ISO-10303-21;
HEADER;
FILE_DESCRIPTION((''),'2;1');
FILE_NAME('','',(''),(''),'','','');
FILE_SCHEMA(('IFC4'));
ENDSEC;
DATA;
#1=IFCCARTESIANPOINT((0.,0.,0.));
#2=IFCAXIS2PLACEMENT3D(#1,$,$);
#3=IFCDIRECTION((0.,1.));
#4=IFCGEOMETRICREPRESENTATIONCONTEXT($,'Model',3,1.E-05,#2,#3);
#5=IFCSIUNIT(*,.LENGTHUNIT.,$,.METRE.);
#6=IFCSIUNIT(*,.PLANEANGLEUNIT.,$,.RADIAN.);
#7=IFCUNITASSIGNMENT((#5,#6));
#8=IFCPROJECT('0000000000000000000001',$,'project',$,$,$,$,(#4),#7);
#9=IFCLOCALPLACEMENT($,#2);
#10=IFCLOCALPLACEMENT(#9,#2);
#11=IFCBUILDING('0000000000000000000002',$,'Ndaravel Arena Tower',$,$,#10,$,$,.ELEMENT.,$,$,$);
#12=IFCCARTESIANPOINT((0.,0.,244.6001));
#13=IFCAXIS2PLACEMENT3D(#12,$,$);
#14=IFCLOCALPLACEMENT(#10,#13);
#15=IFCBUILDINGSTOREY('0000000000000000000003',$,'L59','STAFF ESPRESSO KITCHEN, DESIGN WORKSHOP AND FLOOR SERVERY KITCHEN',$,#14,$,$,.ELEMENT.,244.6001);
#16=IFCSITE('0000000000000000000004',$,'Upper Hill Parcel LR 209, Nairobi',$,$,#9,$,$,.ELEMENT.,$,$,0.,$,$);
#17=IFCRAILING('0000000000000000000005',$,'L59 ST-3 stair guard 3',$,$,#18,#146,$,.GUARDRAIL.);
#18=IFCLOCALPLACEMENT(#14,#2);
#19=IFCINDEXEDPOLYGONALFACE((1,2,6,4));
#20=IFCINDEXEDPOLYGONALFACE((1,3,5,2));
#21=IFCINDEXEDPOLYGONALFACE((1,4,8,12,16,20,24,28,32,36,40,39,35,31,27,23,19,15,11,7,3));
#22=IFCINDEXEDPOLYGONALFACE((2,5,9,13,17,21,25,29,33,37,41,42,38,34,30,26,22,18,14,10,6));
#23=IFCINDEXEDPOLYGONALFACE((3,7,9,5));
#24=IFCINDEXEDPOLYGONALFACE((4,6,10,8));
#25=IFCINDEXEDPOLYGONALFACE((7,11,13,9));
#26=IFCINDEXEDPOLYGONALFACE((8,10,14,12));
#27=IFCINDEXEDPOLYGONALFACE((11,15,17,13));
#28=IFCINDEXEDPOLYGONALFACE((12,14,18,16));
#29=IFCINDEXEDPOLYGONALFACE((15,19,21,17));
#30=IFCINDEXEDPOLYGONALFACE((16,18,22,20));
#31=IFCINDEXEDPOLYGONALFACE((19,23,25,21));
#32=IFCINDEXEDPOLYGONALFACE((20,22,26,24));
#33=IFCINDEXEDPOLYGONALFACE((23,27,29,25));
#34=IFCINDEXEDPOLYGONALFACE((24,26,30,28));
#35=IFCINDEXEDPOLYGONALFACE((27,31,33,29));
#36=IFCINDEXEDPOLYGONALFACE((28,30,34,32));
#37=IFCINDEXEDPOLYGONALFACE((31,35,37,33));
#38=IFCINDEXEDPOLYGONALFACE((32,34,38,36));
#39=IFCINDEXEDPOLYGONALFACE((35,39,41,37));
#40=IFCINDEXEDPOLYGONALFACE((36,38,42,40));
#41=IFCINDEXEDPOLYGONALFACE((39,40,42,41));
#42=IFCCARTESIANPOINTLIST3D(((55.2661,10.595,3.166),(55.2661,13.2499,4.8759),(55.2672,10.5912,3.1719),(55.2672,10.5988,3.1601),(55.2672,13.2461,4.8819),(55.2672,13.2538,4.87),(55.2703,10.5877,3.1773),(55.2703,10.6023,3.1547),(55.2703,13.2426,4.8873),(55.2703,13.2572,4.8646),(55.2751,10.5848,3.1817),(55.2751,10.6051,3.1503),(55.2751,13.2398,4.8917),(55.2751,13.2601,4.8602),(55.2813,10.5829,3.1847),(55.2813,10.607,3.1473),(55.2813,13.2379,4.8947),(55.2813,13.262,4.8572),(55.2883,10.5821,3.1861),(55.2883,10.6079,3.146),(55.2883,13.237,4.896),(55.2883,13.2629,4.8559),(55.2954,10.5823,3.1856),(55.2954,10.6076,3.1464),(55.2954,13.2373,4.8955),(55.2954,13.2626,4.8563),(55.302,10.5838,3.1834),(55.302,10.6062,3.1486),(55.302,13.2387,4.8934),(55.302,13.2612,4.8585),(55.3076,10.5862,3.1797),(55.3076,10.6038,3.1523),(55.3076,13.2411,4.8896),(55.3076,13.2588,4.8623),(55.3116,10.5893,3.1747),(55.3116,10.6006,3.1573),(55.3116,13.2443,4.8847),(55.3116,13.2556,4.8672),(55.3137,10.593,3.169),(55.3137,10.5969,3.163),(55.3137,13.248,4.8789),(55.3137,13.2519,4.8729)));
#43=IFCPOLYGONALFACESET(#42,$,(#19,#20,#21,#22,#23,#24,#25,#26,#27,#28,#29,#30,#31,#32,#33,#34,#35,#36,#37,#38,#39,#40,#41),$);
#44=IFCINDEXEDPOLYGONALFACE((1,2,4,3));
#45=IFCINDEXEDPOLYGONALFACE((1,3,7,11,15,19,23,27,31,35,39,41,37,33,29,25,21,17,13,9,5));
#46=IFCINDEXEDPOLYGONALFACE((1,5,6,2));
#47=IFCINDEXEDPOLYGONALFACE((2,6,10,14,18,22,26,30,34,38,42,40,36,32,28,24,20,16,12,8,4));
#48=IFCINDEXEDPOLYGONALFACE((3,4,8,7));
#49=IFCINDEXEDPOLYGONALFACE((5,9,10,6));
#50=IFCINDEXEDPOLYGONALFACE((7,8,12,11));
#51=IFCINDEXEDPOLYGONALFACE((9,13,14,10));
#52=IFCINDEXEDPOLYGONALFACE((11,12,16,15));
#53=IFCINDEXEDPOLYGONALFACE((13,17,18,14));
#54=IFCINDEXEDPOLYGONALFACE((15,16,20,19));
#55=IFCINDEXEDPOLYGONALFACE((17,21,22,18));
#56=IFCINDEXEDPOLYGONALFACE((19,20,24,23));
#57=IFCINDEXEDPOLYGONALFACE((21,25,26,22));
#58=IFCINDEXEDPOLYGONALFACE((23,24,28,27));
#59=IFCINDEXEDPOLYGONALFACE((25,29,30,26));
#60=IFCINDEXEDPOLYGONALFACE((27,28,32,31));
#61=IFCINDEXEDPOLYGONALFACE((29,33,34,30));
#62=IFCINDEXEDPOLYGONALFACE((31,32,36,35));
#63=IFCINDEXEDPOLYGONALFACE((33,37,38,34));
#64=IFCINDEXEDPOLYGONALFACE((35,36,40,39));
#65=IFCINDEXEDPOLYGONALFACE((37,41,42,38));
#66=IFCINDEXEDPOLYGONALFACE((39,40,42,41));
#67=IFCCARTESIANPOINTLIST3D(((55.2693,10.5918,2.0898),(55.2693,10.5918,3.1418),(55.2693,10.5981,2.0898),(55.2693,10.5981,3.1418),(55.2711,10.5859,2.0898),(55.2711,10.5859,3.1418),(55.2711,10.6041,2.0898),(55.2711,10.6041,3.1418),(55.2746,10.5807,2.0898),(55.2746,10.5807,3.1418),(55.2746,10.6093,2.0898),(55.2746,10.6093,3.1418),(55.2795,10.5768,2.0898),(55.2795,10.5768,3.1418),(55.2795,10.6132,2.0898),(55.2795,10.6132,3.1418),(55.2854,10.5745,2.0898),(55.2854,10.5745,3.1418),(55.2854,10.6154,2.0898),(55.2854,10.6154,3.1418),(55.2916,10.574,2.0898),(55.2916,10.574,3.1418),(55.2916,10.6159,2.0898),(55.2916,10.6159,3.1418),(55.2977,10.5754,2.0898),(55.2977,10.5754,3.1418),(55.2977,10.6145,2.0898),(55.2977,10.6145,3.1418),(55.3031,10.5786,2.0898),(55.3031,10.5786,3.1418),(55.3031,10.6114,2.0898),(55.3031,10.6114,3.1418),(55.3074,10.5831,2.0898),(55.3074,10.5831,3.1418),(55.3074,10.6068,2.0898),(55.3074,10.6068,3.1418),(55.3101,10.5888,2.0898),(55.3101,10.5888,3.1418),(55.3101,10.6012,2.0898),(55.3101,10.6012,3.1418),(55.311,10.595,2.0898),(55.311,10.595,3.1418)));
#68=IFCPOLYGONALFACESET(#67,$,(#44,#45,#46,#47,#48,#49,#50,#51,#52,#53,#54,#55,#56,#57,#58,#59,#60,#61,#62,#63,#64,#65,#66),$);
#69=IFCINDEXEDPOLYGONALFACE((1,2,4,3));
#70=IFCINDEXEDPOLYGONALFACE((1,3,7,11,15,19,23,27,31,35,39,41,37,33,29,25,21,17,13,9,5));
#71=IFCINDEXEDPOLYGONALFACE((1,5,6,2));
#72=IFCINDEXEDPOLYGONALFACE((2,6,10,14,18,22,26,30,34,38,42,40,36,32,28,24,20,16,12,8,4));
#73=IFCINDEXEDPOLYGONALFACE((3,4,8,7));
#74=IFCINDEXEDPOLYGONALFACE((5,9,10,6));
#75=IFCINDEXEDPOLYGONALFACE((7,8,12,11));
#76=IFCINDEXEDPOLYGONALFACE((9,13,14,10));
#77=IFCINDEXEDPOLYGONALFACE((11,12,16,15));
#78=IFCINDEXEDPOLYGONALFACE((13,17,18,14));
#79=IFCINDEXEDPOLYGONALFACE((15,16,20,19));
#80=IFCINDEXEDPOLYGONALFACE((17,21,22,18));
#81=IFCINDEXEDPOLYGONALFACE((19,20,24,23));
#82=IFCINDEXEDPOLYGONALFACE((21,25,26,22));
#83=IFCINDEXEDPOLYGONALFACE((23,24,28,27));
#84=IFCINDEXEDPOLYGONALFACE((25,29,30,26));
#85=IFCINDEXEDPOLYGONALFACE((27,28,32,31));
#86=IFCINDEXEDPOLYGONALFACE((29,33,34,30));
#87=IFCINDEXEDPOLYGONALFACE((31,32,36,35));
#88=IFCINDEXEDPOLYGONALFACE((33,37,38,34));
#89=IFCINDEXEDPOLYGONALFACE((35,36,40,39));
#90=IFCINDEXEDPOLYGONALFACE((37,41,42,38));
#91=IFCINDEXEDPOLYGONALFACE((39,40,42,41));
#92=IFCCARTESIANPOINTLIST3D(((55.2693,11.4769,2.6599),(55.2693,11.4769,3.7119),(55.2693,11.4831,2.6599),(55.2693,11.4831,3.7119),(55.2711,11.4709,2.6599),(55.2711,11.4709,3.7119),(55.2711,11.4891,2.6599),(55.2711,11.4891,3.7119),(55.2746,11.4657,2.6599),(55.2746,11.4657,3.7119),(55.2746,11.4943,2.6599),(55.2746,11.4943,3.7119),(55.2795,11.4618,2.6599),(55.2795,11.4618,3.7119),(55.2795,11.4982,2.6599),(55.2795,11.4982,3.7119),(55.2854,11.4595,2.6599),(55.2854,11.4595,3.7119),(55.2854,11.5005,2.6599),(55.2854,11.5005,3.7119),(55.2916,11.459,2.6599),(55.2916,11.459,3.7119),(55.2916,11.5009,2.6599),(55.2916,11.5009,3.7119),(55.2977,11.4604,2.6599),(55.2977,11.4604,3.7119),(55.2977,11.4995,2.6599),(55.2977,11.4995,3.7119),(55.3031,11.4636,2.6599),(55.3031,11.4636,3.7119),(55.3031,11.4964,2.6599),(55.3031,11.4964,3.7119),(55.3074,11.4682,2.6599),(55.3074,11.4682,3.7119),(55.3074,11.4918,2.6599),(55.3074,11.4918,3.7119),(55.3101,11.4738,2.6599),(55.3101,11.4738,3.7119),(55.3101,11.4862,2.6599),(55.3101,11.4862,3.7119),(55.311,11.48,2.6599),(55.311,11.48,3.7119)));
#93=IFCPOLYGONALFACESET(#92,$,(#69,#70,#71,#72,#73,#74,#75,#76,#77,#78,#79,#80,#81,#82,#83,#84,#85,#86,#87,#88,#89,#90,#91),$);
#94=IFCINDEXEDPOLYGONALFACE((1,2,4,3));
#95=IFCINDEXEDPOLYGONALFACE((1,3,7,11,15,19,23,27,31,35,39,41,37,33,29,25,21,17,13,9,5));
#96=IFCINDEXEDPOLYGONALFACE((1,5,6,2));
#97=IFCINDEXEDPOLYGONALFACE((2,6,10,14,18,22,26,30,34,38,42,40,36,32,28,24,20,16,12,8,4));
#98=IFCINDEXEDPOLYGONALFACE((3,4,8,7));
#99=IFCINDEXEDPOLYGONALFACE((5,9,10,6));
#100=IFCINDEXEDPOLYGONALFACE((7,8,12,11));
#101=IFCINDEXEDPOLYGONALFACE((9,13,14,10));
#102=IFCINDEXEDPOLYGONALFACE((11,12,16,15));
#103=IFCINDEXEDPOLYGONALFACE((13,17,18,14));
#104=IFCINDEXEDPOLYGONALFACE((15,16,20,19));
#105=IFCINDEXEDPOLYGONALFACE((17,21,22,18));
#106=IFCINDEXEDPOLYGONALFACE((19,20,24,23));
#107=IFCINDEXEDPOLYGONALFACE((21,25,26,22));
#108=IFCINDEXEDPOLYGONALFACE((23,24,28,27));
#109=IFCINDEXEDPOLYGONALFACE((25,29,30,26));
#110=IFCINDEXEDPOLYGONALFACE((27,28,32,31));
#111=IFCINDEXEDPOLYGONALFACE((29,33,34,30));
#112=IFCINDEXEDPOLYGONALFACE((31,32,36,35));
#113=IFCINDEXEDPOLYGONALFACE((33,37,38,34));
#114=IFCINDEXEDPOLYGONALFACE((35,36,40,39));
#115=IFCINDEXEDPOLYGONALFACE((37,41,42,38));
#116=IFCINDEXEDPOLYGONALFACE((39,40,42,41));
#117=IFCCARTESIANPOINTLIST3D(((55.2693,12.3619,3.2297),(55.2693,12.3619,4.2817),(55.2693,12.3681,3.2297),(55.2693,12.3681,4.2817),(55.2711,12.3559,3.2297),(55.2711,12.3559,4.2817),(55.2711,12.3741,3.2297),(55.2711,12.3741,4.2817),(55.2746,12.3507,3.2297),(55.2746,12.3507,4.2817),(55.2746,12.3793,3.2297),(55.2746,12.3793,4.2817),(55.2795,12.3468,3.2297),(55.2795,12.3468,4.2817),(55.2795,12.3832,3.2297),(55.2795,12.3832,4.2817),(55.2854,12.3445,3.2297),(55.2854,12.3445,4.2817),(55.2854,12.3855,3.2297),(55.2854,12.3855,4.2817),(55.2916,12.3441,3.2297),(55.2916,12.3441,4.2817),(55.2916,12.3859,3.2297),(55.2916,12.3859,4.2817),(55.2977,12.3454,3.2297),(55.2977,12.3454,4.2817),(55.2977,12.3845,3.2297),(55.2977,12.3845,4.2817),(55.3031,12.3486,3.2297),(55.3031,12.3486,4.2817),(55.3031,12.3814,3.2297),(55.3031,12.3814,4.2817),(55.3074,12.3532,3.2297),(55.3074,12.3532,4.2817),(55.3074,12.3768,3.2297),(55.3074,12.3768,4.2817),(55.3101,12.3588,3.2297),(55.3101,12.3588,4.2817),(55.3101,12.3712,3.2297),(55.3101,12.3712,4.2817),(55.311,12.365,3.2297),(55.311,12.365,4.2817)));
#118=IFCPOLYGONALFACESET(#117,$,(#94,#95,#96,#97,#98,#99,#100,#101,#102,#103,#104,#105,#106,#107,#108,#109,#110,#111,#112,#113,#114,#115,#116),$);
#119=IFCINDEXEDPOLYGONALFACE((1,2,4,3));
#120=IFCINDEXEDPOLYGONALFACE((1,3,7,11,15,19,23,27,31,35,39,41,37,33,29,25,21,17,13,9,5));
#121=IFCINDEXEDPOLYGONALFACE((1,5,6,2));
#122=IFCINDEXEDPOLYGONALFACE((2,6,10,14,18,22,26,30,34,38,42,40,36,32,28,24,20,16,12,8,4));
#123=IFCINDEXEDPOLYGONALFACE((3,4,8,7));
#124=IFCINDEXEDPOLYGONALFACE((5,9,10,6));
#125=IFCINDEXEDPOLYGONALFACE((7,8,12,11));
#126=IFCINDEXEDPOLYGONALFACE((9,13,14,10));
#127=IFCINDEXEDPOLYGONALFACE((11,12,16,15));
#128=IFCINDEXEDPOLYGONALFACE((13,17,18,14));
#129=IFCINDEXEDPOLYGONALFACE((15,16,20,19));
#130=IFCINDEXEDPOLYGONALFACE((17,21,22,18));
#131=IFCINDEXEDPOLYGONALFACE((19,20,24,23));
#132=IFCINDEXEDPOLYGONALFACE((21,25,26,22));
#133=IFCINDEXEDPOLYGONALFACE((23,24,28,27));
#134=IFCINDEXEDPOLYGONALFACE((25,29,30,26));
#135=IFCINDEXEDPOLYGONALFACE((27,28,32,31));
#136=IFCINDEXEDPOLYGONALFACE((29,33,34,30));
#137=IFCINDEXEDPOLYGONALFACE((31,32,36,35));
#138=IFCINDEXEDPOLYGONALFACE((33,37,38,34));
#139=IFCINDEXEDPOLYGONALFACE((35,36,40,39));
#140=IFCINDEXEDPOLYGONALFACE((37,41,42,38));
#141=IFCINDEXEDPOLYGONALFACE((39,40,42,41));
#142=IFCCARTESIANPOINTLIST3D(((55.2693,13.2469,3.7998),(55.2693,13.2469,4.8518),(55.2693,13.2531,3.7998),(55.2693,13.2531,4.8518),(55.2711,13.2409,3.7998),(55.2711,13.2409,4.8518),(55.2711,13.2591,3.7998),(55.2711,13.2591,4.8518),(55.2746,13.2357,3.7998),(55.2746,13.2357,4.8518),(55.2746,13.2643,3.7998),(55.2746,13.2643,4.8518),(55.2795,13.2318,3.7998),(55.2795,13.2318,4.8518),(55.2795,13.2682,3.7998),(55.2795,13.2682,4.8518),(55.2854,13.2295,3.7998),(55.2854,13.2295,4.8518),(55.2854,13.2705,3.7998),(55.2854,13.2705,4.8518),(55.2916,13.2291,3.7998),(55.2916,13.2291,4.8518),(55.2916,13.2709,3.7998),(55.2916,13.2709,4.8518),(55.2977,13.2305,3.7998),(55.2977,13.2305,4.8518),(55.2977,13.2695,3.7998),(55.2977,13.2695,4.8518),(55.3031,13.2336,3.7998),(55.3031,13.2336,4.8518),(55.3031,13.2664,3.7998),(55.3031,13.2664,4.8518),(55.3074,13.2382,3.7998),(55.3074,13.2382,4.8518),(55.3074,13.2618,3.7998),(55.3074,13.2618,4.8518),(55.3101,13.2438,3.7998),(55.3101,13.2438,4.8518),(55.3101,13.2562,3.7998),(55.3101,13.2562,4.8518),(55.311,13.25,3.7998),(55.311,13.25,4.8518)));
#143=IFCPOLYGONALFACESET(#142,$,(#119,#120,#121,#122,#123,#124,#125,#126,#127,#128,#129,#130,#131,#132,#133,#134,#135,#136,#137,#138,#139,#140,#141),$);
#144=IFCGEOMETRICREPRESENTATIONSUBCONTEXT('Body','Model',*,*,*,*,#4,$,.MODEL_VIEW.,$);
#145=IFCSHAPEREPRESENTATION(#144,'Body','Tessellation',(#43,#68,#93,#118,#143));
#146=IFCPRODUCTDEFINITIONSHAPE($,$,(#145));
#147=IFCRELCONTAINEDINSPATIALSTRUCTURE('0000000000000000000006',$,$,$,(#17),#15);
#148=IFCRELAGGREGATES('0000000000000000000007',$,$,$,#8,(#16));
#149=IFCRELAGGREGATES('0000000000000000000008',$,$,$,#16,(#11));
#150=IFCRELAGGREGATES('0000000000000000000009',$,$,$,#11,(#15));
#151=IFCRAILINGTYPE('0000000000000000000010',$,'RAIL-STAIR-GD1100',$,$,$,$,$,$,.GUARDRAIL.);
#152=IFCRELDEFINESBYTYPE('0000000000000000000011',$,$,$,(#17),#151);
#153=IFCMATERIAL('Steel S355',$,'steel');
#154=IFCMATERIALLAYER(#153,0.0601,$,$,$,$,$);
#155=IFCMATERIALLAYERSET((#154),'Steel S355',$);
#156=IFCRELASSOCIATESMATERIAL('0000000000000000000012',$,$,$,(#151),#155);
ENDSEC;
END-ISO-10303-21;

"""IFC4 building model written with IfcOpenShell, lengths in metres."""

from ifc_helpers import new_model, si_unit, direction, frame, origin, origin_2d, place, context, subcontext, project, spatial, circle, extrude, material, layer, layer_set, type_object, element, save


model = new_model("IFC4")

# Units and contexts
model_context = context("Model", 3, precision=1e-05, world=origin(), true_north=direction((0.0, 1.0)))
body_context = subcontext(model_context, "Body", "Model", "MODEL_VIEW")
ifc_project = project(units=[si_unit("LENGTHUNIT", "METRE"), si_unit("PLANEANGLEUNIT", "RADIAN")], contexts=[model_context])

# Site, building, storey
site_placement = place(None, origin())
site = spatial("IfcSite", under=ifc_project, at=site_placement, Name="Upper Hill Parcel LR 209, Nairobi", CompositionType="ELEMENT", RefElevation=0.0)
building_placement = place(site_placement, origin())
building = spatial("IfcBuilding", under=site, at=building_placement, Name="Ndaravel Arena Tower", CompositionType="ELEMENT")
storey_placement = place(building_placement, frame((0.0, 0.0, 244.6001)))
storey = spatial("IfcBuildingStorey", under=building, at=storey_placement, Name="L59", Description="STAFF ESPRESSO KITCHEN, DESIGN WORKSHOP AND FLOOR SERVERY KITCHEN", CompositionType="ELEMENT", Elevation=244.6001)

# Railing
ifc_material_1 = material(Name="Steel S355", Category="steel")
ifc_layer_1 = layer(ifc_material_1, 0.0601)
ifc_layer_set_1 = layer_set([ifc_layer_1], Name="Steel S355")
railing_type_1 = type_object("IfcRailingType", Name="RAIL-STAIR-GD1100", PredefinedType="GUARDRAIL", material=ifc_layer_set_1)
railing_1_placement = place(storey_placement, frame((55.29, 10.595, 2.0898)))
element("IfcRailing", 1, at=railing_1_placement, inside=storey, type_object=railing_type_1, Name="L59 ST-3 stair guard 3", PredefinedType="GUARDRAIL", context=body_context, shape_type="SweptSolid", body=[
    extrude(circle(Radius=0.0239, at=origin_2d()), frame((0.0, 0.0, 1.0762), z_axis=(0.0, 0.840724, 0.541465), x_axis=(-1.0, 0.0, 0.0)), (0.0, 0.0, 1.0), 3.158),
    extrude(circle(Radius=0.021, at=origin_2d()), origin(), (0.0, 0.0, 1.0), 1.052),
    extrude(circle(Radius=0.021, at=origin_2d()), frame((0.0, 0.885, 0.5701)), (0.0, 0.0, 1.0), 1.052),
    extrude(circle(Radius=0.021, at=origin_2d()), frame((0.0, 1.77, 1.1399)), (0.0, 0.0, 1.0), 1.052),
    extrude(circle(Radius=0.021, at=origin_2d()), frame((0.0, 2.655, 1.71)), (0.0, 0.0, 1.0), 1.052),
])

save(model, "model.ifc")
